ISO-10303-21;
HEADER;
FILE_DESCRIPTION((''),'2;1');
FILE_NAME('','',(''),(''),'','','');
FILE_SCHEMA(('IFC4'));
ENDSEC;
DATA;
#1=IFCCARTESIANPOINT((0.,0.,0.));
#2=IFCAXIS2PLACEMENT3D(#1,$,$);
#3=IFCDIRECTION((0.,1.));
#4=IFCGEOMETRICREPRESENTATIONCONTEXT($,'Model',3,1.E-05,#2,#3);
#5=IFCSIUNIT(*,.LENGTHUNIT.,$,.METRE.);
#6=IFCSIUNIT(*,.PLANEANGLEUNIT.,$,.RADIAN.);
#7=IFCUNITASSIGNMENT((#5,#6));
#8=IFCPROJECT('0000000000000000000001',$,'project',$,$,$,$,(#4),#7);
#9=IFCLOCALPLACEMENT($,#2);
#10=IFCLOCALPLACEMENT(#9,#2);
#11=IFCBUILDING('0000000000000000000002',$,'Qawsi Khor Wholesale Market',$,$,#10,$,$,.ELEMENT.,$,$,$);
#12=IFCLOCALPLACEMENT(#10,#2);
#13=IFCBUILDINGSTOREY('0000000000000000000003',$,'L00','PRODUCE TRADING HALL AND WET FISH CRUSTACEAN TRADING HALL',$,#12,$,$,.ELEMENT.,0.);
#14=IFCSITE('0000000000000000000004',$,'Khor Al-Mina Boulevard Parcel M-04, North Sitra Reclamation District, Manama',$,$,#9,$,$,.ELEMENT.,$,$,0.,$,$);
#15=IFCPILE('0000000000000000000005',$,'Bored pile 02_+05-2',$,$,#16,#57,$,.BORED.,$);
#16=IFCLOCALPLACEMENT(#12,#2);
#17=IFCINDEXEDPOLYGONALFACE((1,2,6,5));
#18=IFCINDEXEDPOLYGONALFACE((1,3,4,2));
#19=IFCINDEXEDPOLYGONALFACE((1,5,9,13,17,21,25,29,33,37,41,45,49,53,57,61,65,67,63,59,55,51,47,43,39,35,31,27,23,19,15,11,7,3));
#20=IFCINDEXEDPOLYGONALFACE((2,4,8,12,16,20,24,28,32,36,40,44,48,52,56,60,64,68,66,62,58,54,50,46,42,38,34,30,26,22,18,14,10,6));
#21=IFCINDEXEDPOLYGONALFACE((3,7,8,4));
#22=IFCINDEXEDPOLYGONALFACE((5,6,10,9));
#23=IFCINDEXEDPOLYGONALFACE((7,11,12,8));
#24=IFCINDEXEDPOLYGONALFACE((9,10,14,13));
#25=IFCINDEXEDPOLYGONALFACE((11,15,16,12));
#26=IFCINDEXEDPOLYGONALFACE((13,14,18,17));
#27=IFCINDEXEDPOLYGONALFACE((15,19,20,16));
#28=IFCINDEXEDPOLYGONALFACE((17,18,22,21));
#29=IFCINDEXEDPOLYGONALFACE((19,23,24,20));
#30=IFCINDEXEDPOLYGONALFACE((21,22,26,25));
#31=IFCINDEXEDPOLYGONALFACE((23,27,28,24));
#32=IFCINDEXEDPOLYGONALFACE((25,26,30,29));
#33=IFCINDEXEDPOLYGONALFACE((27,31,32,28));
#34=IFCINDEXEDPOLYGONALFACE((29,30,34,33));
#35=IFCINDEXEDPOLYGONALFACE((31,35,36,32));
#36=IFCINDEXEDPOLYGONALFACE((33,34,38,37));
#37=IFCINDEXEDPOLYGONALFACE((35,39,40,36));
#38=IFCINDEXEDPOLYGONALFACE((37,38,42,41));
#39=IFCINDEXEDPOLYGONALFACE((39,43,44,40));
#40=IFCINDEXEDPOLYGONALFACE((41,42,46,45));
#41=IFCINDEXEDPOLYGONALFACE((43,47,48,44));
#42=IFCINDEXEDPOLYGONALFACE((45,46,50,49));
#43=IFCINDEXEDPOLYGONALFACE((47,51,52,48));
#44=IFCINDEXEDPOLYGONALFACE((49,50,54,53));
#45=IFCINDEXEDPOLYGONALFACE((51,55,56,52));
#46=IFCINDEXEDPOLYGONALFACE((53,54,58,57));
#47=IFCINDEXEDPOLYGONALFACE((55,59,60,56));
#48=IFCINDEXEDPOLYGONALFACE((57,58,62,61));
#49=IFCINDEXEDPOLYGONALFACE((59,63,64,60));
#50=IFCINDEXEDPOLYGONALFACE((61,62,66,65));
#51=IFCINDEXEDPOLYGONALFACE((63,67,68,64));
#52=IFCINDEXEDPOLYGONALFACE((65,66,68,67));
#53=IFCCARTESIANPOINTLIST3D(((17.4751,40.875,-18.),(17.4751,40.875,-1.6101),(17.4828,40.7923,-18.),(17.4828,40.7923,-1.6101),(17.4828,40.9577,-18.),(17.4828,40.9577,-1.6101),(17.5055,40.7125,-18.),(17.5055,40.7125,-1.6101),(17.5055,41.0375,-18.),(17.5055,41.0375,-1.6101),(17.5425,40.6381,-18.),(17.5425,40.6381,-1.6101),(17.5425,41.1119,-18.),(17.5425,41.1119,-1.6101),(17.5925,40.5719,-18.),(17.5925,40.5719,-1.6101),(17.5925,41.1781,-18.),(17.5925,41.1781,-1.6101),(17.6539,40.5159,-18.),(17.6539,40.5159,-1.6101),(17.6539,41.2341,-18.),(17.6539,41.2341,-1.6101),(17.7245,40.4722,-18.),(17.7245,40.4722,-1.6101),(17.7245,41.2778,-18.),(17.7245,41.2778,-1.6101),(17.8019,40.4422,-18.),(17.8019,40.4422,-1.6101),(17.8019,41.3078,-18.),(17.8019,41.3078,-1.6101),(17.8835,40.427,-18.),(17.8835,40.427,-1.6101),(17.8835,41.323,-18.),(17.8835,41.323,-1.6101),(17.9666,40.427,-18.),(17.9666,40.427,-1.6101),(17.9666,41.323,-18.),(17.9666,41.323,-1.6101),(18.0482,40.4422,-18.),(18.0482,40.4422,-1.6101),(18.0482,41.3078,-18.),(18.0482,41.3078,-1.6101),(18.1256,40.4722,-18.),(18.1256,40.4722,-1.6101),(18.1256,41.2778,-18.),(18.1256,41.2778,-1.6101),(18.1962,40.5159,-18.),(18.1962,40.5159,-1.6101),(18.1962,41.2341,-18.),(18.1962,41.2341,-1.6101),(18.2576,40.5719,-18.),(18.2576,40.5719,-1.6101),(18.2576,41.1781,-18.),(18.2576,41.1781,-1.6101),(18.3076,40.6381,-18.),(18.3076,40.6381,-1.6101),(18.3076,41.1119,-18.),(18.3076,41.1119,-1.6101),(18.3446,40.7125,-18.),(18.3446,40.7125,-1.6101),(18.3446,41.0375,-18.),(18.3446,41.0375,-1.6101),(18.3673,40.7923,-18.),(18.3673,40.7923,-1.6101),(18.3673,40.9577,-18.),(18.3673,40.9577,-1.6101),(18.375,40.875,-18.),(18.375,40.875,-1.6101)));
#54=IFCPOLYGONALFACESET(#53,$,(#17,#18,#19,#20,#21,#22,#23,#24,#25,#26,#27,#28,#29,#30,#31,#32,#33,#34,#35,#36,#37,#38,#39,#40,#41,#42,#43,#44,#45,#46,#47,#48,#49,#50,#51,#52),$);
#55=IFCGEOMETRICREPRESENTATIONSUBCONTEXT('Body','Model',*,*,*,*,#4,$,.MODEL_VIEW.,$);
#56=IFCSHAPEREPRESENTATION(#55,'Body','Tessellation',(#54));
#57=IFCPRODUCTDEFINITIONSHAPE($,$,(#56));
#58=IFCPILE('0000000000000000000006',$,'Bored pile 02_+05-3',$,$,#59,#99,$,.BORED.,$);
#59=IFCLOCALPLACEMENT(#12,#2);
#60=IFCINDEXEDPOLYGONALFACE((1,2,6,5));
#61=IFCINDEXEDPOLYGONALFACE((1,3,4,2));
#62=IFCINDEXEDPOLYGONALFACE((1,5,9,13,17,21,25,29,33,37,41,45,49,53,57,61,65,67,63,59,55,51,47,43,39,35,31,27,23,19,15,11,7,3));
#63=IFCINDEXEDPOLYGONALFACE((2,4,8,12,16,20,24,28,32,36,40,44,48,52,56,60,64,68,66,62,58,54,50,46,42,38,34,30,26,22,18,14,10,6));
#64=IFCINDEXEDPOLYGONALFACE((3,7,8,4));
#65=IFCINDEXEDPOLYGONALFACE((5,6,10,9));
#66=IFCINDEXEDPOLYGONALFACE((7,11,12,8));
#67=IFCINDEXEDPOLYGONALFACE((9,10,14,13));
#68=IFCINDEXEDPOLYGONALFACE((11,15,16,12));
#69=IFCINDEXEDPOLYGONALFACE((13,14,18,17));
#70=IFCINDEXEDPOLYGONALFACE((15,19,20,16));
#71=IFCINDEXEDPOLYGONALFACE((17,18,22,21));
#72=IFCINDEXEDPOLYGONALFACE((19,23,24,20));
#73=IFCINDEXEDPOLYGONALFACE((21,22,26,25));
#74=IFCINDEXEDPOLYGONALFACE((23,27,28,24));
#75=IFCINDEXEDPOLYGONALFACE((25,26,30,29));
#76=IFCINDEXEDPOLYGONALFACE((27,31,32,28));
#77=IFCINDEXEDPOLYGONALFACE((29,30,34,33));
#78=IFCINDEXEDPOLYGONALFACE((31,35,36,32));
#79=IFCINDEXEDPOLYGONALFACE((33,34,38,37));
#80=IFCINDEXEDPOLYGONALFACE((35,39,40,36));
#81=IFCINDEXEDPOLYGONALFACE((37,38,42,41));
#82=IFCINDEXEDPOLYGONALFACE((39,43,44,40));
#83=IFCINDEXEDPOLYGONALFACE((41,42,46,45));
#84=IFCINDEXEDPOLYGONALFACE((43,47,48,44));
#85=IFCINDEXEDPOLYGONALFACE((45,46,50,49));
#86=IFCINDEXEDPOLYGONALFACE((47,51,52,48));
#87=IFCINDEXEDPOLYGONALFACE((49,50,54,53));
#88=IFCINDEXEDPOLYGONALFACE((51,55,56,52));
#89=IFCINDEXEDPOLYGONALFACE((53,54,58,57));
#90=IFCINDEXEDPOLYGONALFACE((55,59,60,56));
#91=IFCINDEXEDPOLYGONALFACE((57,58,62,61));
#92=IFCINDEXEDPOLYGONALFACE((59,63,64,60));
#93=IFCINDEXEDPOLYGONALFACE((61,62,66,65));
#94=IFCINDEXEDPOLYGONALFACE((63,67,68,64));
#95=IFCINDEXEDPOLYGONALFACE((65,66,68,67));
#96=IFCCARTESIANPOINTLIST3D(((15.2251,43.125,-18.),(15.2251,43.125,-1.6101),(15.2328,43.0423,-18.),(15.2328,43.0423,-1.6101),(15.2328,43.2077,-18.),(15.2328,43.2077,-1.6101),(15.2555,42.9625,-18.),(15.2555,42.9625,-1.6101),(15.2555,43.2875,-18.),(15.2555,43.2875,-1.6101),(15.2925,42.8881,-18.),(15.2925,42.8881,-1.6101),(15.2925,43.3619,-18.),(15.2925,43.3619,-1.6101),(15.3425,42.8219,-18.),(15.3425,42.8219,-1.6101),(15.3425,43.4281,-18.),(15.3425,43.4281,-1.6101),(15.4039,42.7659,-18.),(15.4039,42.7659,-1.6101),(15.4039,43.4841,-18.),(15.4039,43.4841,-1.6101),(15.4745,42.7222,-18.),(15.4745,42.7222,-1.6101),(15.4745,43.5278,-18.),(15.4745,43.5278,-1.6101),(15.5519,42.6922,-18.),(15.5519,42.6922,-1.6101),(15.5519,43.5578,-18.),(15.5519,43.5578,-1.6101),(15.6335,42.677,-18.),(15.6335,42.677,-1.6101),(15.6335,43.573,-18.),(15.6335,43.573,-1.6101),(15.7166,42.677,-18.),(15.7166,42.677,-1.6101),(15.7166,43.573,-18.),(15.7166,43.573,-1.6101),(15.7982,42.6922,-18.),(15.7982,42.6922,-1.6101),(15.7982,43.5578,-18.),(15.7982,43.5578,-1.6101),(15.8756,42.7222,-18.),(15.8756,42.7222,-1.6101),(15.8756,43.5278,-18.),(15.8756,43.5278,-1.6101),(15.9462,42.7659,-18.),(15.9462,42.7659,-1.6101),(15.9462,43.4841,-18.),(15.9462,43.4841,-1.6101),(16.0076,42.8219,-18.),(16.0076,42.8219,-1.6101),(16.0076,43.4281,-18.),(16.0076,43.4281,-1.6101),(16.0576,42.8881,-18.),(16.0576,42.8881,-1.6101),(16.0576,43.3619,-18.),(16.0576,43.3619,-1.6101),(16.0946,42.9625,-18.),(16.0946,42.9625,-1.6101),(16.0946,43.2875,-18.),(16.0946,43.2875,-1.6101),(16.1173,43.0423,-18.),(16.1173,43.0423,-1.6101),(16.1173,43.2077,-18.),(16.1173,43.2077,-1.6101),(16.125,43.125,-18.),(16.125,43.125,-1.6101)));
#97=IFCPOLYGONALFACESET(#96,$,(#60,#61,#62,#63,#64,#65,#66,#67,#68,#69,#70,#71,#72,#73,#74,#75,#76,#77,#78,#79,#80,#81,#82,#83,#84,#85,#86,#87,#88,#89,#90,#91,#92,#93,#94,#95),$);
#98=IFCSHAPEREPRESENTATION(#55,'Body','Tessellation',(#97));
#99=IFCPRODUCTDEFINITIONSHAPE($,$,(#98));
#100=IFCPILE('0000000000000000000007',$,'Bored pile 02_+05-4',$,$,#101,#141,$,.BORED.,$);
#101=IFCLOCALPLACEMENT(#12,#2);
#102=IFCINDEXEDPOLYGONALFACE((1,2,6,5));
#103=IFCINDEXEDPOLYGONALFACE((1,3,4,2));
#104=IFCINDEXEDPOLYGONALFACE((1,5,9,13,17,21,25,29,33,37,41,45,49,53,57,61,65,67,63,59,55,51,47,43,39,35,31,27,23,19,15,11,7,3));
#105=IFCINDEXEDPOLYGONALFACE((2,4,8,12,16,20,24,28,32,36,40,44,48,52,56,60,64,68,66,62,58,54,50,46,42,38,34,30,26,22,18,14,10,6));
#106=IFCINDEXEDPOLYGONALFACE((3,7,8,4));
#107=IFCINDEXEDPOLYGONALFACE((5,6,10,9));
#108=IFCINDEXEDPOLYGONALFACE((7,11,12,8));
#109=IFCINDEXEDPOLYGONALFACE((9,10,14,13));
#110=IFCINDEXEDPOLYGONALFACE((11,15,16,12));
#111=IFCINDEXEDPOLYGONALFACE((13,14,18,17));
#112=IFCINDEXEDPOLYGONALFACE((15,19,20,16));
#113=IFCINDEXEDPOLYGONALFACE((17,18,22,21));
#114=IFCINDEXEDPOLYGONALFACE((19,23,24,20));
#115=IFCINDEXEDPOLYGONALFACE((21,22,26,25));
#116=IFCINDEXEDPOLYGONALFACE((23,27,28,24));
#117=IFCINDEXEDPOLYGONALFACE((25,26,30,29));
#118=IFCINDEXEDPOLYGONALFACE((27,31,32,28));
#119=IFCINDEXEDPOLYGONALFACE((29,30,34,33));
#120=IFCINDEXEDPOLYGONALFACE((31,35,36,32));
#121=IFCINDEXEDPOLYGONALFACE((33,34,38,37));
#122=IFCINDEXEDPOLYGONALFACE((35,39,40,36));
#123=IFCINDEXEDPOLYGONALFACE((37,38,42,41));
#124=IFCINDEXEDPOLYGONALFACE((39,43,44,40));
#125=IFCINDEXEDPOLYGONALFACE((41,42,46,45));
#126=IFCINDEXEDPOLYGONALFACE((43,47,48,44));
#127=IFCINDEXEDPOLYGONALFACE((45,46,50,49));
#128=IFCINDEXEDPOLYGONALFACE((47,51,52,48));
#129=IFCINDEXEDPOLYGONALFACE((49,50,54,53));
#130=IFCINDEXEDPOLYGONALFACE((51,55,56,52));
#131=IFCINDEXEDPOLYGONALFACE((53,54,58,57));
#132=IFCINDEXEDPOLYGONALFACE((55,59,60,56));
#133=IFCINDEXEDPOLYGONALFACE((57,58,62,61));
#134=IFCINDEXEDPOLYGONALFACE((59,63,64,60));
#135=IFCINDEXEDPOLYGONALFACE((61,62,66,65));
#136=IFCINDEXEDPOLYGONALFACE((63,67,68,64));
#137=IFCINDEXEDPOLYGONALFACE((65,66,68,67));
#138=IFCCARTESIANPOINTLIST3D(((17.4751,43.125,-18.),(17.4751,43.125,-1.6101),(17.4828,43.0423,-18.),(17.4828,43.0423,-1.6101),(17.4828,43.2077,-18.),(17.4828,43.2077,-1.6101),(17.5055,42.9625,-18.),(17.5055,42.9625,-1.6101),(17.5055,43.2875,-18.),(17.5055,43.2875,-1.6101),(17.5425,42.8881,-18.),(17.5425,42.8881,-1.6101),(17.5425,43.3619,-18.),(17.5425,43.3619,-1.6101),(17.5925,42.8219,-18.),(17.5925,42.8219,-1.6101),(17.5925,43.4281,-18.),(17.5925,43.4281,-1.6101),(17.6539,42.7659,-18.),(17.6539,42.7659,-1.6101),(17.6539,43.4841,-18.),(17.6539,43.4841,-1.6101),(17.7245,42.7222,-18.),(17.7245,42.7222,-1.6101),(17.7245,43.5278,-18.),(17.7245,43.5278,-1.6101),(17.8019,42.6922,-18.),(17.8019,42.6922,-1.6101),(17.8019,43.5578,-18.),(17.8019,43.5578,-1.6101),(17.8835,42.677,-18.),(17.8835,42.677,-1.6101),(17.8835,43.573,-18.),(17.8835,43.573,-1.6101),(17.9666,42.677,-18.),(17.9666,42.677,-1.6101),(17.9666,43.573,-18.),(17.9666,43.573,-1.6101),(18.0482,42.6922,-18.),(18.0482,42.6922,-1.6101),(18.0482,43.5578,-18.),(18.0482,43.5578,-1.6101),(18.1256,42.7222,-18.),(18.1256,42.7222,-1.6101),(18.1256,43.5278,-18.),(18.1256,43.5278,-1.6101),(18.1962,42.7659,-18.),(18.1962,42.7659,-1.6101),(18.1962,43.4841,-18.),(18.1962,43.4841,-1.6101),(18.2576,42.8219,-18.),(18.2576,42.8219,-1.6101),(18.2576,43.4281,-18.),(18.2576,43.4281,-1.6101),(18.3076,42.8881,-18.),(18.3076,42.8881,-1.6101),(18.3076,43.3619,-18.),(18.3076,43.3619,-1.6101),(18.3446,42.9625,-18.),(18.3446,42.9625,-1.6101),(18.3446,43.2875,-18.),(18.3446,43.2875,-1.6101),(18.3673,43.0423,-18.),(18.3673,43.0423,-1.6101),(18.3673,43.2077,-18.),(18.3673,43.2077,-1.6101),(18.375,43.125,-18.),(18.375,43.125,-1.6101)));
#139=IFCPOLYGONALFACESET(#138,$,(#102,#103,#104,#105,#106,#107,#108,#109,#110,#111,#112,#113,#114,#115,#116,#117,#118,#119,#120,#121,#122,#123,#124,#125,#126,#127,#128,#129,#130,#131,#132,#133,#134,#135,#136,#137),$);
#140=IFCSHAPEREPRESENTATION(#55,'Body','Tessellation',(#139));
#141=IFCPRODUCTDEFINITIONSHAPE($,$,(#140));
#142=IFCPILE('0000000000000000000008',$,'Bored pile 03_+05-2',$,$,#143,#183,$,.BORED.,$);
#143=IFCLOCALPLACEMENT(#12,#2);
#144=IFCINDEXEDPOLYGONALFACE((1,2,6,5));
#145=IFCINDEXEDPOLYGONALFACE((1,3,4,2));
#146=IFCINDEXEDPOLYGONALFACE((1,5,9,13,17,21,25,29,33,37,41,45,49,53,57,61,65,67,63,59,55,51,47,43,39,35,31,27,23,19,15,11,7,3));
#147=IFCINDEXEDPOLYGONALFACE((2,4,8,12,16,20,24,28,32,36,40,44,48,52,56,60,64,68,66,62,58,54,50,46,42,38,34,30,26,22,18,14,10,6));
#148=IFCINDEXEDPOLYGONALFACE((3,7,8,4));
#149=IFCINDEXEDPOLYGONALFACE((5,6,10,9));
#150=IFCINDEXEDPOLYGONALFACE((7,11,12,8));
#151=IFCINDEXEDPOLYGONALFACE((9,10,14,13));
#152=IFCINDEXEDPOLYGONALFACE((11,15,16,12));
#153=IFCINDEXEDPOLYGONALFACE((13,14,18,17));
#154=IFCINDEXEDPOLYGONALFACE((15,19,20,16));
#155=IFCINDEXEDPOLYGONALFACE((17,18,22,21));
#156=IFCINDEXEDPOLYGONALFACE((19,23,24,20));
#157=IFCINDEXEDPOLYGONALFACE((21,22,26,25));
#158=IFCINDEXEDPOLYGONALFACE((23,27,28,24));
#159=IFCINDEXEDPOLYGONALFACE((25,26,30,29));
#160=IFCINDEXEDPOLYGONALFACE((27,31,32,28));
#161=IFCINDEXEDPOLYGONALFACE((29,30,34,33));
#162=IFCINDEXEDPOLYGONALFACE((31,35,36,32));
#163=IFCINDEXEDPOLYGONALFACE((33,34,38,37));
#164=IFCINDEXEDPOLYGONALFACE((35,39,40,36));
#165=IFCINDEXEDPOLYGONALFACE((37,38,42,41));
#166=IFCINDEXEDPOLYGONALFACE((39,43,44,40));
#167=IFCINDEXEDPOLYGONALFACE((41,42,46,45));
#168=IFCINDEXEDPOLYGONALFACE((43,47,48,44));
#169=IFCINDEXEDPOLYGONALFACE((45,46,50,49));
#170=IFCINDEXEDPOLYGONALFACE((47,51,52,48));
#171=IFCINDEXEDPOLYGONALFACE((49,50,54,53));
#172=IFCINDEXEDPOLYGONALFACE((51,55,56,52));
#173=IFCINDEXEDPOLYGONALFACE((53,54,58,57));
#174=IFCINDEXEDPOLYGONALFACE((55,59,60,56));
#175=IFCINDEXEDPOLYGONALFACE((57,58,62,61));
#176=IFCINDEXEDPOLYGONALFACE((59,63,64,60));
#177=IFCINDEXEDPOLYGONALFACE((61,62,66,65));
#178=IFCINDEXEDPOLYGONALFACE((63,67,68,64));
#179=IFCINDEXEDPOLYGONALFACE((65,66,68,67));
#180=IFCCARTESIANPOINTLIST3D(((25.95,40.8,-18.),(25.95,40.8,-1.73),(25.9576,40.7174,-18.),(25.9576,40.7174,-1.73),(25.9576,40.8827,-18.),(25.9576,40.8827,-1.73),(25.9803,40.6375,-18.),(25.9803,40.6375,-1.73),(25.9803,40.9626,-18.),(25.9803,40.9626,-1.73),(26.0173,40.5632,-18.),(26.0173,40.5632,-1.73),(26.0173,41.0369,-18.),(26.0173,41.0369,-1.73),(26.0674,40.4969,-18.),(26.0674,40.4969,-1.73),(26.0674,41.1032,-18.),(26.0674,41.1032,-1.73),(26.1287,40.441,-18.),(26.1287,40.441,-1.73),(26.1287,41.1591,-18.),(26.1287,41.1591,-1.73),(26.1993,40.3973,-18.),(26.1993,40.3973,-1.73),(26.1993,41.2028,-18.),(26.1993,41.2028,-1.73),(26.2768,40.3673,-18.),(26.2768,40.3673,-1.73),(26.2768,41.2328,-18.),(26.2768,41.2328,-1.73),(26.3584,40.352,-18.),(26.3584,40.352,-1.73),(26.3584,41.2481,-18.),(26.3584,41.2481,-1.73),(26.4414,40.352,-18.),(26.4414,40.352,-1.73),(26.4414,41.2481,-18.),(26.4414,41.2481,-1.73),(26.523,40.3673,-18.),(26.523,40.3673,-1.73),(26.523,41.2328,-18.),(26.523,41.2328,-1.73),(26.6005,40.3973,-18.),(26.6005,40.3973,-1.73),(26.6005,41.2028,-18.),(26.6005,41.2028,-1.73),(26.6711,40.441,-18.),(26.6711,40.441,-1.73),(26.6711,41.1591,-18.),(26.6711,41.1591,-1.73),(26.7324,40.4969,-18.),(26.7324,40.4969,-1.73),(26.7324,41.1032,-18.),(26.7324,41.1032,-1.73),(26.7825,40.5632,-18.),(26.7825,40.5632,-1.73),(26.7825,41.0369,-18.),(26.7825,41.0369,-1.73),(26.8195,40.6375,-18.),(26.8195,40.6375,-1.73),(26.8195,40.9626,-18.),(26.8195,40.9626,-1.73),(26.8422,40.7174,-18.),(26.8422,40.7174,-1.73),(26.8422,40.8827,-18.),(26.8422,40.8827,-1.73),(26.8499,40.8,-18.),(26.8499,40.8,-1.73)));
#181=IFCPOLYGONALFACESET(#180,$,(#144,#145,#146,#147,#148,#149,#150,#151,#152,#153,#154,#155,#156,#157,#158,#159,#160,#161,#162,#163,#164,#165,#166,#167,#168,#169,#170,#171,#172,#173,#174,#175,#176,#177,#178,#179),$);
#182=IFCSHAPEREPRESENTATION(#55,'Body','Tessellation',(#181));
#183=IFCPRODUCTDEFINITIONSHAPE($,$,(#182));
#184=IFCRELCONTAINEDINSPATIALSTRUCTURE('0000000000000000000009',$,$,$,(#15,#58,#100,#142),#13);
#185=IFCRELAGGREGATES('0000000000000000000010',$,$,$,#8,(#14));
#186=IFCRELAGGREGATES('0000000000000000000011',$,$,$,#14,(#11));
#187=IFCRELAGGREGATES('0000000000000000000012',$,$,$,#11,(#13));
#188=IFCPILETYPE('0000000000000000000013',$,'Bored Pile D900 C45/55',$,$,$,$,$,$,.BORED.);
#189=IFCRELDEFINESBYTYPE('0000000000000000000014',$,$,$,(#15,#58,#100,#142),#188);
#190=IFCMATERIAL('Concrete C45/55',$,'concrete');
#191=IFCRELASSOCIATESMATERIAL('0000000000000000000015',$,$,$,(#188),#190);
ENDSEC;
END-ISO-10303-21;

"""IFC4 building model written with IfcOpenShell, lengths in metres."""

from ifc_helpers import new_model, si_unit, direction, frame, origin, origin_2d, place, context, subcontext, project, spatial, circle, extrude, material, material_profile, profile_set, type_object, element, save


model = new_model("IFC4")

# Units and contexts
model_context = context("Model", 3, precision=1e-05, world=origin(), true_north=direction((0.0, 1.0)))
body_context = subcontext(model_context, "Body", "Model", "MODEL_VIEW")
ifc_project = project(units=[si_unit("LENGTHUNIT", "METRE"), si_unit("PLANEANGLEUNIT", "RADIAN")], contexts=[model_context])

# Site, building, storey
site_placement = place(None, origin())
site = spatial("IfcSite", under=ifc_project, at=site_placement, Name="Khor Al-Mina Boulevard Parcel M-04, North Sitra Reclamation District, Manama", CompositionType="ELEMENT", RefElevation=0.0)
building_placement = place(site_placement, origin())
building = spatial("IfcBuilding", under=site, at=building_placement, Name="Qawsi Khor Wholesale Market", CompositionType="ELEMENT")
storey_placement = place(building_placement, origin())
storey = spatial("IfcBuildingStorey", under=building, at=storey_placement, Name="L00", Description="PRODUCE TRADING HALL AND WET FISH CRUSTACEAN TRADING HALL", CompositionType="ELEMENT", Elevation=0.0)

# Piles
ifc_material_1 = material(Name="Concrete C45/55", Category="concrete")
ifc_material_profile_1 = material_profile(ifc_material_1, circle(Radius=0.45, at=origin_2d()), Name="PILE D900")
ifc_profile_set_1 = profile_set([ifc_material_profile_1], Name="Concrete C45/55")
pile_type_1 = type_object("IfcPileType", Name="Bored Pile D900 C45/55", PredefinedType="BORED", material=ifc_profile_set_1)
for number, where, z_axis, x_axis, name in (
    (1, (17.925, 40.875, -1.6101), (0.0, 0.0, -1.0), (1.0, 0.0, 0.0), "Bored pile 02_+05-2"),
    (2, (15.675, 43.125, -1.6101), (0.0, 0.0, -1.0), (1.0, 0.0, 0.0), "Bored pile 02_+05-3"),
    (3, (17.925, 43.125, -1.6101), (0.0, 0.0, -1.0), (1.0, 0.0, 0.0), "Bored pile 02_+05-4"),
):
    element("IfcPile", number, at=place(storey_placement, frame(where, z_axis=z_axis, x_axis=x_axis)), inside=storey, type_object=pile_type_1, Name=name, PredefinedType="BORED", context=body_context, shape_type="SweptSolid", body=[
        extrude(circle(Radius=0.45, at=origin_2d()), origin(), (0.0, 0.0, 1.0), 16.3899),
    ])
for number, where, z_axis, x_axis, name in (
    (4, (26.3999, 40.8, -1.73), (0.0, 0.0, -1.0), (1.0, 0.0, 0.0), "Bored pile 03_+05-2"),
):
    element("IfcPile", number, at=place(storey_placement, frame(where, z_axis=z_axis, x_axis=x_axis)), inside=storey, type_object=pile_type_1, Name=name, PredefinedType="BORED", context=body_context, shape_type="SweptSolid", body=[
        extrude(circle(Radius=0.45, at=origin_2d()), origin(), (0.0, 0.0, 1.0), 16.27),
    ])

save(model, "model.ifc")
